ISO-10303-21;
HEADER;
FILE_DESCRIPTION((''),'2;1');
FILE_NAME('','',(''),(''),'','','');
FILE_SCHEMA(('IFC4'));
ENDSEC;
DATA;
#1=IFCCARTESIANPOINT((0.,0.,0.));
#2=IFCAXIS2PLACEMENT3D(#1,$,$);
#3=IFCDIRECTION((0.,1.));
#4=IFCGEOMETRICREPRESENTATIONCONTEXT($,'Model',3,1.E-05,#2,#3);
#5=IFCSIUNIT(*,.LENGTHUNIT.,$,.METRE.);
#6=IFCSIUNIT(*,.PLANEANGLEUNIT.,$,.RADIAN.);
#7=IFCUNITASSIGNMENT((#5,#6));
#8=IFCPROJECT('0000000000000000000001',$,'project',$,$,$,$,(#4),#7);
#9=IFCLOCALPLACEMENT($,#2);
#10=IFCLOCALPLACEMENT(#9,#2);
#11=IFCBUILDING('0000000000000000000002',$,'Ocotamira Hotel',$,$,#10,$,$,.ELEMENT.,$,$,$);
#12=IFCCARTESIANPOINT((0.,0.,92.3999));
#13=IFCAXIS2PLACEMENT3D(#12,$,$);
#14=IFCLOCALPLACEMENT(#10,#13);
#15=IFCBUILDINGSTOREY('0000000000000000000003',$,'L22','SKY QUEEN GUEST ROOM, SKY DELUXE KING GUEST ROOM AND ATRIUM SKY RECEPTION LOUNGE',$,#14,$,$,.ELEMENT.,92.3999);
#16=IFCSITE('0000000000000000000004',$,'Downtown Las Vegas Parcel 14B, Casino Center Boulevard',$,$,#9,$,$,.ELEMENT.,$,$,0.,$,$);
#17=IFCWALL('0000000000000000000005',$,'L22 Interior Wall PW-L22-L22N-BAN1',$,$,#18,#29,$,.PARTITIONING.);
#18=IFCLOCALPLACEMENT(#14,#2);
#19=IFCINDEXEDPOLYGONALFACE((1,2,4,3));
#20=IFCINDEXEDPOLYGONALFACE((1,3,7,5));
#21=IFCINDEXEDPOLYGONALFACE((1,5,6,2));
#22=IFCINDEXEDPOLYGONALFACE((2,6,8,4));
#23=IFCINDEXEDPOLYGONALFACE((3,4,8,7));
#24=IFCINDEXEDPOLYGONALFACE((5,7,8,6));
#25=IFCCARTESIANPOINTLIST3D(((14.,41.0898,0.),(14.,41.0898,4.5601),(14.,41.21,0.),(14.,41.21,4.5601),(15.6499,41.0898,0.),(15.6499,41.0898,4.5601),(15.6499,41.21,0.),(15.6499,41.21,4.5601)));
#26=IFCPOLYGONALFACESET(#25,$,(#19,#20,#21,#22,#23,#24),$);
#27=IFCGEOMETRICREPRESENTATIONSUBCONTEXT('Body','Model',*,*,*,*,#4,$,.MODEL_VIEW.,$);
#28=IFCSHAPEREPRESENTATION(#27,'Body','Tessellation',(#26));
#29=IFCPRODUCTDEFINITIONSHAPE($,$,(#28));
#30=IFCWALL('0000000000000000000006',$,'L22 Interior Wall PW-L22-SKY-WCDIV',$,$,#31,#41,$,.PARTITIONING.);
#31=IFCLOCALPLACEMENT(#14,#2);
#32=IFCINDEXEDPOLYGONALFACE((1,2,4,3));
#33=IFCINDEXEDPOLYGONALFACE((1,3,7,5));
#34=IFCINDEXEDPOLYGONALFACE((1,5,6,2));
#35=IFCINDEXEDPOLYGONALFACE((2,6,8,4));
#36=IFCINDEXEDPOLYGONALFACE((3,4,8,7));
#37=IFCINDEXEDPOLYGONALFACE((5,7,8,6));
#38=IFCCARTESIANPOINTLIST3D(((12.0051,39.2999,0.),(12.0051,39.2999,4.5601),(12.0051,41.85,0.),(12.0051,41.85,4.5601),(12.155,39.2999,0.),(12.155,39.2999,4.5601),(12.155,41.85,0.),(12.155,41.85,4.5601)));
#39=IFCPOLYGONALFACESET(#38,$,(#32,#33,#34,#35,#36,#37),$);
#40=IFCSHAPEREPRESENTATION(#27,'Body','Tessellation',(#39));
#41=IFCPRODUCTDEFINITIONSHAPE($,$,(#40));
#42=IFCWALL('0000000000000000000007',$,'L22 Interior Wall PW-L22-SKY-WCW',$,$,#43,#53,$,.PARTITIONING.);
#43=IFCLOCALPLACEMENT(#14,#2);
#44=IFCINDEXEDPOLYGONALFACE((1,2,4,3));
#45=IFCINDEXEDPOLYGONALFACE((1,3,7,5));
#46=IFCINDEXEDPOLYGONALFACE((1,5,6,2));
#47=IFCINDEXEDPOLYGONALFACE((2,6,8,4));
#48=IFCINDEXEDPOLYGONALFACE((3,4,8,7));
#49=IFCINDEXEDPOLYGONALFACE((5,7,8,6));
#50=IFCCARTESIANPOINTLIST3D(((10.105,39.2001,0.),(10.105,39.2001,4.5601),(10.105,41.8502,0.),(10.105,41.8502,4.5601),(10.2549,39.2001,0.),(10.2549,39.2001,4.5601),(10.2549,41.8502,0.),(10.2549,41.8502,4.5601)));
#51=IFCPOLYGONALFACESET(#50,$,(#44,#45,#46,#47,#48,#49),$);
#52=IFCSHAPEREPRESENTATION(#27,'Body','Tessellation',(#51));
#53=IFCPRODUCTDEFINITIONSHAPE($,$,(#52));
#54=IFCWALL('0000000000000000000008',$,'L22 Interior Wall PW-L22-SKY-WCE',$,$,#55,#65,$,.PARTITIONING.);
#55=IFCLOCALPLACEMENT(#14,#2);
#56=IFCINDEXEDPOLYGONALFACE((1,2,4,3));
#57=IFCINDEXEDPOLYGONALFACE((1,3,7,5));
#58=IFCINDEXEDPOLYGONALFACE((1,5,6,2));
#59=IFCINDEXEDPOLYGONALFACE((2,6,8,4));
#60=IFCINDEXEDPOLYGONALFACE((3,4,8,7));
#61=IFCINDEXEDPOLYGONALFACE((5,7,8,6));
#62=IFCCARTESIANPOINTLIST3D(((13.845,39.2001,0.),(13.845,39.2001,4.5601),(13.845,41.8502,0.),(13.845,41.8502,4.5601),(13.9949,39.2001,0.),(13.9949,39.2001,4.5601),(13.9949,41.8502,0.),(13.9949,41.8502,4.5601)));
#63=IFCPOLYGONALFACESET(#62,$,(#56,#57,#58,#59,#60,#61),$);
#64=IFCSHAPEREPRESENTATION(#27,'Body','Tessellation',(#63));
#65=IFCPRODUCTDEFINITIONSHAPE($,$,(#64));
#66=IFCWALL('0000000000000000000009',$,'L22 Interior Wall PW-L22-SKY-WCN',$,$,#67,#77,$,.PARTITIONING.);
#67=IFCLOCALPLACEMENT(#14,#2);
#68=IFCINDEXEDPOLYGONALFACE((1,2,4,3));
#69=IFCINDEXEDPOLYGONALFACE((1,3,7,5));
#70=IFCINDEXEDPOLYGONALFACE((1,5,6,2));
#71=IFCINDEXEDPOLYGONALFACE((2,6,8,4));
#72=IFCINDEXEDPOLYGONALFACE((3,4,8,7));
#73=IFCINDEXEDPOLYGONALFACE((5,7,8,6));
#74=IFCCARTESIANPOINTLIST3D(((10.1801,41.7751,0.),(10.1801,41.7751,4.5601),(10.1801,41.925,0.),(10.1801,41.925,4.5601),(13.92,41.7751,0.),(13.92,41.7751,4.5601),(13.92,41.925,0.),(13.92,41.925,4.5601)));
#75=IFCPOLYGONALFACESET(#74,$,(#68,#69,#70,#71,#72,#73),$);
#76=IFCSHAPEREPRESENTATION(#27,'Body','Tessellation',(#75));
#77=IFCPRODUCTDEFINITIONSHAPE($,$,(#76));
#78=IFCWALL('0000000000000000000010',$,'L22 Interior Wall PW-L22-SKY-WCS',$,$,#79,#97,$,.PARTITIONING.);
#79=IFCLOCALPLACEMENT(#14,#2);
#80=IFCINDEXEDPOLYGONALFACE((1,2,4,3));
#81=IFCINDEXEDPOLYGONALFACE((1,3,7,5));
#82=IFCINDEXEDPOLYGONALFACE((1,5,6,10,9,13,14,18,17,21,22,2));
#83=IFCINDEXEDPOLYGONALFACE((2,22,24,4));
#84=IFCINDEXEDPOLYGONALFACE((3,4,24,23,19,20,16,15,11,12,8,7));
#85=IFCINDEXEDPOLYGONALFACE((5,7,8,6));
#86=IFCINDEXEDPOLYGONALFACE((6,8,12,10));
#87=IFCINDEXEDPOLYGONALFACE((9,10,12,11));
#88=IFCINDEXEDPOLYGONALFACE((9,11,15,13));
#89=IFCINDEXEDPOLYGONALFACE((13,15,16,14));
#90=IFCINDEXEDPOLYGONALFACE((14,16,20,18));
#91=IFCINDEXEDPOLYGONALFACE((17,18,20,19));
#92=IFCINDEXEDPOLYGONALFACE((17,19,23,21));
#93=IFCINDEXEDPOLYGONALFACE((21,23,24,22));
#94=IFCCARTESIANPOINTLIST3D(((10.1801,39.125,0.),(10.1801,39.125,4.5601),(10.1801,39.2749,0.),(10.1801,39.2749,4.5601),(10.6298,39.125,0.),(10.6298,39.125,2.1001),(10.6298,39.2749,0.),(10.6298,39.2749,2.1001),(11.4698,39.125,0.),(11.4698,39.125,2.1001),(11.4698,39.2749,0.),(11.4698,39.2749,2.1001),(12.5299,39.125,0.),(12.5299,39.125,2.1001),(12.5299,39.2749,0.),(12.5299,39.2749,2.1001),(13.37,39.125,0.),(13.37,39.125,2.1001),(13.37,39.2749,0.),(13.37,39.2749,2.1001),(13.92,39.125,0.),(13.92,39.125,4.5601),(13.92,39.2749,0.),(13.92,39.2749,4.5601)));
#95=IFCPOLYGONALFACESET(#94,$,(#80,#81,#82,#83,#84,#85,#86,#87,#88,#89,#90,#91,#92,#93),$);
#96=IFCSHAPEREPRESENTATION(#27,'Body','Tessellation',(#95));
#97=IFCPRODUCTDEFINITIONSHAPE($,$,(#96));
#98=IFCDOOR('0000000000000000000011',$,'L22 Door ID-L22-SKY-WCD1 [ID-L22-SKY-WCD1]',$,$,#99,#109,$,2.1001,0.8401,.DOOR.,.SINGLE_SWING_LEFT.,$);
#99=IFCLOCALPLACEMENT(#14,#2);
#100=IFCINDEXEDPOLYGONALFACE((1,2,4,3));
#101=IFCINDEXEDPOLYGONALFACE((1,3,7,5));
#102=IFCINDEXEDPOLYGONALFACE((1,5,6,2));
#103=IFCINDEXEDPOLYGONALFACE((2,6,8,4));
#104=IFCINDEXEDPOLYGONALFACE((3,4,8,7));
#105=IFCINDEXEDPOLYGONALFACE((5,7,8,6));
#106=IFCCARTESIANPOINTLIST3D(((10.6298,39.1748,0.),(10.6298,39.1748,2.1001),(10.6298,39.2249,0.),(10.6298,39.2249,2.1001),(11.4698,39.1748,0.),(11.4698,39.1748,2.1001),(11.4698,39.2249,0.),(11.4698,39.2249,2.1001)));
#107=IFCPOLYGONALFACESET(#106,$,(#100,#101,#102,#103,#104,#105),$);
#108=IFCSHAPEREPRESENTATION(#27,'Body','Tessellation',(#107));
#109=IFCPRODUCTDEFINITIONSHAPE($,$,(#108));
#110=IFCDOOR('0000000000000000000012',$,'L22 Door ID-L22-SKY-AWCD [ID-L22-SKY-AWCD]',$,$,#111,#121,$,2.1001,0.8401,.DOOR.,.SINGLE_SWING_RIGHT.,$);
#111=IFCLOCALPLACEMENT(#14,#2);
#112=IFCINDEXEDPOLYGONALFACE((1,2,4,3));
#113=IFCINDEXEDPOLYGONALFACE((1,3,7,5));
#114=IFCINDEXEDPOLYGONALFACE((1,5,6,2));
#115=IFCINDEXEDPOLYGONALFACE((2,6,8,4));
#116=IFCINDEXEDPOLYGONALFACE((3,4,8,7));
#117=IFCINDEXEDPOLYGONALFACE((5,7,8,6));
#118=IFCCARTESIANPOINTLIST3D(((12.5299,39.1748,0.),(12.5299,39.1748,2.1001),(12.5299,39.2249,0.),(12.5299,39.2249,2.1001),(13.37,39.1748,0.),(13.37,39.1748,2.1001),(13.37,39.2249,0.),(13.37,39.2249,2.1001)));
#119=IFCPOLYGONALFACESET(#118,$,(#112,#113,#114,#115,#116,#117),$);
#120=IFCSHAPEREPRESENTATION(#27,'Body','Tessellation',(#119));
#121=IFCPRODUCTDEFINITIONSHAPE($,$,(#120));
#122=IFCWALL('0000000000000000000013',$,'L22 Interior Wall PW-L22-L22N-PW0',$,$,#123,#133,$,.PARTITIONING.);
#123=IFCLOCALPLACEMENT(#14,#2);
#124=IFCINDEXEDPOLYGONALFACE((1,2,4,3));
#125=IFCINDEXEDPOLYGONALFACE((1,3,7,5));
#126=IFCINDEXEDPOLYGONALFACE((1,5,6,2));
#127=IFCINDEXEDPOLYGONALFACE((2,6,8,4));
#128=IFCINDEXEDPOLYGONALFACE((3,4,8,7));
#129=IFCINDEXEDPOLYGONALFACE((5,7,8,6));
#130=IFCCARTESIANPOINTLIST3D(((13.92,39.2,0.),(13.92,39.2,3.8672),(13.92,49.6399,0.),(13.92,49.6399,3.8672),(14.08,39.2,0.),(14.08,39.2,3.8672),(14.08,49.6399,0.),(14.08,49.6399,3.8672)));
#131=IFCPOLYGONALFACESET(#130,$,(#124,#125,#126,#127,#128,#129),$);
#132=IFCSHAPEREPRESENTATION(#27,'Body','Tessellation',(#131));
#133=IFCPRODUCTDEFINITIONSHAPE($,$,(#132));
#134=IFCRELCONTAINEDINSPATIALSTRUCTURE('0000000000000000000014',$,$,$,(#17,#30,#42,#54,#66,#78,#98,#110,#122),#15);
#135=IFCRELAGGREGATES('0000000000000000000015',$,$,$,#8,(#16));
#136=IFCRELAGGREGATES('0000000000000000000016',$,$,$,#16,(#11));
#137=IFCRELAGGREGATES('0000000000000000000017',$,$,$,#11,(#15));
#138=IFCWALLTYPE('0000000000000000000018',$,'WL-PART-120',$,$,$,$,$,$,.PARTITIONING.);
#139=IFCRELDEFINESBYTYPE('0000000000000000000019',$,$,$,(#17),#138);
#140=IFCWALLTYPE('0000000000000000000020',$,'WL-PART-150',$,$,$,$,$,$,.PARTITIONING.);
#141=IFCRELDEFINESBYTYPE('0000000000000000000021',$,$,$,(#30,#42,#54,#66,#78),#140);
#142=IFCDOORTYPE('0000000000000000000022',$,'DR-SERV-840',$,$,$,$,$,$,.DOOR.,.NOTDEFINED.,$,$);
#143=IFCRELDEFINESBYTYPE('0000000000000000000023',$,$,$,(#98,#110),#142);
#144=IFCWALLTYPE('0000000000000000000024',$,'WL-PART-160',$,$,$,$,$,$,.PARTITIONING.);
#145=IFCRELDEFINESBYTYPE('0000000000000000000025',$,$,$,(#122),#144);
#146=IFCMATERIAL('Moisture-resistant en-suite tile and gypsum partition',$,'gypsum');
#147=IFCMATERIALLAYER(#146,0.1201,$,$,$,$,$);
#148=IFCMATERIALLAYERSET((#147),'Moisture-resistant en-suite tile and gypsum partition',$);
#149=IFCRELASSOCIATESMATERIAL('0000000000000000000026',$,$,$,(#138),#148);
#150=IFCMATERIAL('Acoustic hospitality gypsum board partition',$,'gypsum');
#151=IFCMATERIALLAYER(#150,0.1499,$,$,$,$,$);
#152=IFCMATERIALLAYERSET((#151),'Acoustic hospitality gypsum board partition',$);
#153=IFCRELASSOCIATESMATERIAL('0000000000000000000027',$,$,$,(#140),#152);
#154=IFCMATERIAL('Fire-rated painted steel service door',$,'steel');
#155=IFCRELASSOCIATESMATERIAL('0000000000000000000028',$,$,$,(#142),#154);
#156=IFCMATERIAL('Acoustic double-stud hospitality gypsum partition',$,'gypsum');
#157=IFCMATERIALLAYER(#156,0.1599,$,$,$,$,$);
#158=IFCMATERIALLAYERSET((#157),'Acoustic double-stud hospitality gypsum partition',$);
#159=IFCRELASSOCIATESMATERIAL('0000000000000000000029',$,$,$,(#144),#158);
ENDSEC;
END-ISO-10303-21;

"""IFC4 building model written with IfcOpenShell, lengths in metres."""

from ifc_helpers import new_model, si_unit, direction, frame, frame_2d, origin, place, context, subcontext, project, spatial, rectangle, extrude, source, transform, mapped, material, layer, layer_set, type_object, element, fill, save


model = new_model("IFC4")

# Units and contexts
model_context = context("Model", 3, precision=1e-05, world=origin(), true_north=direction((0.0, 1.0)))
body_context = subcontext(model_context, "Body", "Model", "MODEL_VIEW")
ifc_project = project(units=[si_unit("LENGTHUNIT", "METRE"), si_unit("PLANEANGLEUNIT", "RADIAN")], contexts=[model_context])

# Site, building, storey
site_placement = place(None, origin())
site = spatial("IfcSite", under=ifc_project, at=site_placement, Name="Downtown Las Vegas Parcel 14B, Casino Center Boulevard", CompositionType="ELEMENT", RefElevation=0.0)
building_placement = place(site_placement, origin())
building = spatial("IfcBuilding", under=site, at=building_placement, Name="Ocotamira Hotel", CompositionType="ELEMENT")
storey_placement = place(building_placement, frame((0.0, 0.0, 92.3999)))
storey = spatial("IfcBuildingStorey", under=building, at=storey_placement, Name="L22", Description="SKY QUEEN GUEST ROOM, SKY DELUXE KING GUEST ROOM AND ATRIUM SKY RECEPTION LOUNGE", CompositionType="ELEMENT", Elevation=92.3999)

# Shared definitions
ifc_material_1 = material(Name="Moisture-resistant en-suite tile and gypsum partition", Category="gypsum")
ifc_layer_1 = layer(ifc_material_1, 0.1201)
ifc_layer_set_1 = layer_set([ifc_layer_1], Name="Moisture-resistant en-suite tile and gypsum partition")
wall_type_1 = type_object("IfcWallType", Name="WL-PART-120", PredefinedType="PARTITIONING", material=ifc_layer_set_1)

# Walls
wall_1_placement = place(storey_placement, frame((14.0, 41.1499, 0.0), z_axis=(0.0, 0.0, 1.0), x_axis=(1.0, 0.0, 0.0)))
element("IfcWall", 1, at=wall_1_placement, inside=storey, type_object=wall_type_1, Name="L22 Interior Wall PW-L22-L22N-BAN1", PredefinedType="PARTITIONING", context=body_context, shape_type="SweptSolid", body=[
    extrude(rectangle(XDim=1.6499, YDim=0.1201, at=frame_2d((0.825, 0.0))), origin(), (0.0, 0.0, 1.0), 4.5601),
])
ifc_material_2 = material(Name="Acoustic hospitality gypsum board partition", Category="gypsum")
ifc_layer_2 = layer(ifc_material_2, 0.1499)
ifc_layer_set_2 = layer_set([ifc_layer_2], Name="Acoustic hospitality gypsum board partition")
wall_type_2 = type_object("IfcWallType", Name="WL-PART-150", PredefinedType="PARTITIONING", material=ifc_layer_set_2)
wall_2_placement = place(storey_placement, frame((12.0801, 39.3, 0.0), z_axis=(0.0, 0.0, 1.0), x_axis=(0.0, 1.0, 0.0)))
element("IfcWall", 2, at=wall_2_placement, inside=storey, type_object=wall_type_2, Name="L22 Interior Wall PW-L22-SKY-WCDIV", PredefinedType="PARTITIONING", context=body_context, shape_type="SweptSolid", body=[
    extrude(rectangle(XDim=2.55, YDim=0.1499, at=frame_2d((1.2749, 0.0))), origin(), (0.0, 0.0, 1.0), 4.5601),
])
for number, where, z_axis, x_axis, name in (
    (3, (10.1799, 39.2, 0.0), (0.0, 0.0, 1.0), (0.0, 1.0, 0.0), "L22 Interior Wall PW-L22-SKY-WCW"),
    (4, (13.9199, 39.2, 0.0), (0.0, 0.0, 1.0), (0.0, 1.0, 0.0), "L22 Interior Wall PW-L22-SKY-WCE"),
):
    element("IfcWall", number, at=place(storey_placement, frame(where, z_axis=z_axis, x_axis=x_axis)), inside=storey, type_object=wall_type_2, Name=name, PredefinedType="PARTITIONING", context=body_context, shape_type="SweptSolid", body=[
        extrude(rectangle(XDim=2.6501, YDim=0.1499, at=frame_2d((1.3252, 0.0))), origin(), (0.0, 0.0, 1.0), 4.5601),
    ])
wall_3_placement = place(storey_placement, frame((10.1799, 41.8501, 0.0), z_axis=(0.0, 0.0, 1.0), x_axis=(1.0, 0.0, 0.0)))
element("IfcWall", 5, at=wall_3_placement, inside=storey, type_object=wall_type_2, Name="L22 Interior Wall PW-L22-SKY-WCN", PredefinedType="PARTITIONING", context=body_context, shape_type="SweptSolid", body=[
    extrude(rectangle(XDim=3.74, YDim=0.1499, at=frame_2d((1.8701, 0.0))), origin(), (0.0, 0.0, 1.0), 4.5601),
])

# Wall, openings, doors
wall_4_placement = place(storey_placement, frame((10.1799, 39.2, 0.0), z_axis=(0.0, 0.0, 1.0), x_axis=(1.0, 0.0, 0.0)))
wall_4 = element("IfcWall", 6, at=wall_4_placement, inside=storey, type_object=wall_type_2, Name="L22 Interior Wall PW-L22-SKY-WCS", PredefinedType="PARTITIONING", context=body_context, shape_type="SweptSolid", body=[
    extrude(rectangle(XDim=3.74, YDim=0.1499, at=frame_2d((1.8701, 0.0))), origin(), (0.0, 0.0, 1.0), 4.5601),
])
opening_1_placement = place(wall_4_placement, frame((0.45, 0.0, 0.0)))
opening_1 = element("IfcOpeningElement", 7, at=opening_1_placement, cuts=wall_4, PredefinedType="OPENING", context=body_context, shape_type="SweptSolid", body=[
    extrude(rectangle(XDim=0.8401, YDim=2.1001, at=frame_2d((0.4199, 1.05))), frame((0.0, 0.085, 0.0), z_axis=(0.0, -1.0, 0.0), x_axis=(1.0, 0.0, 0.0)), (0.0, 0.0, 1.0), 0.1699),
])
opening_2_placement = place(wall_4_placement, frame((2.3501, 0.0, 0.0)))
opening_2 = element("IfcOpeningElement", 8, at=opening_2_placement, cuts=wall_4, PredefinedType="OPENING", context=body_context, shape_type="SweptSolid", body=[
    extrude(rectangle(XDim=0.8401, YDim=2.1001, at=frame_2d((0.4199, 1.05))), frame((0.0, 0.085, 0.0), z_axis=(0.0, -1.0, 0.0), x_axis=(1.0, 0.0, 0.0)), (0.0, 0.0, 1.0), 0.1699),
])
ifc_material_3 = material(Name="Fire-rated painted steel service door", Category="steel")
door_type_1 = type_object("IfcDoorType", Name="DR-SERV-840", OperationType="NOTDEFINED", PredefinedType="DOOR", material=ifc_material_3)
shared_shape_1 = source(origin(), body_context, "Body", "SweptSolid", [
    extrude(rectangle(XDim=0.8401, YDim=2.1001, at=frame_2d((0.4199, 1.05))), frame((0.0, 0.0249, 0.0), z_axis=(0.0, -1.0, 0.0), x_axis=(1.0, 0.0, 0.0)), (0.0, 0.0, 1.0), 0.05),
])
door_1_placement = place(opening_1_placement, origin())
door_1 = element("IfcDoor", 9, at=door_1_placement, inside=storey, type_object=door_type_1, Name="L22 Door ID-L22-SKY-WCD1 [ID-L22-SKY-WCD1]", OperationType="SINGLE_SWING_LEFT", OverallHeight=2.1001, OverallWidth=0.8401, PredefinedType="DOOR", context=body_context, shape_type="MappedRepresentation", body=[
    mapped(shared_shape_1, transform((0.0, 0.0, 0.0), scale=1.0)),
])
fill(opening_1, door_1)
door_2_placement = place(opening_2_placement, origin())
door_2 = element("IfcDoor", 10, at=door_2_placement, inside=storey, type_object=door_type_1, Name="L22 Door ID-L22-SKY-AWCD [ID-L22-SKY-AWCD]", OperationType="SINGLE_SWING_RIGHT", OverallHeight=2.1001, OverallWidth=0.8401, PredefinedType="DOOR", context=body_context, shape_type="MappedRepresentation", body=[
    mapped(shared_shape_1, transform((0.0, 0.0, 0.0), scale=1.0)),
])
fill(opening_2, door_2)

# Wall
ifc_material_4 = material(Name="Acoustic double-stud hospitality gypsum partition", Category="gypsum")
ifc_layer_3 = layer(ifc_material_4, 0.1599)
ifc_layer_set_3 = layer_set([ifc_layer_3], Name="Acoustic double-stud hospitality gypsum partition")
wall_type_3 = type_object("IfcWallType", Name="WL-PART-160", PredefinedType="PARTITIONING", material=ifc_layer_set_3)
wall_5_placement = place(storey_placement, frame((14.0, 39.2, 0.0), z_axis=(0.0, 0.0, 1.0), x_axis=(0.0, 1.0, 0.0)))
element("IfcWall", 11, at=wall_5_placement, inside=storey, type_object=wall_type_3, Name="L22 Interior Wall PW-L22-L22N-PW0", PredefinedType="PARTITIONING", context=body_context, shape_type="SweptSolid", body=[
    extrude(rectangle(XDim=10.4399, YDim=0.1599, at=frame_2d((5.22, 0.0))), origin(), (0.0, 0.0, 1.0), 3.8672),
])

save(model, "model.ifc")
